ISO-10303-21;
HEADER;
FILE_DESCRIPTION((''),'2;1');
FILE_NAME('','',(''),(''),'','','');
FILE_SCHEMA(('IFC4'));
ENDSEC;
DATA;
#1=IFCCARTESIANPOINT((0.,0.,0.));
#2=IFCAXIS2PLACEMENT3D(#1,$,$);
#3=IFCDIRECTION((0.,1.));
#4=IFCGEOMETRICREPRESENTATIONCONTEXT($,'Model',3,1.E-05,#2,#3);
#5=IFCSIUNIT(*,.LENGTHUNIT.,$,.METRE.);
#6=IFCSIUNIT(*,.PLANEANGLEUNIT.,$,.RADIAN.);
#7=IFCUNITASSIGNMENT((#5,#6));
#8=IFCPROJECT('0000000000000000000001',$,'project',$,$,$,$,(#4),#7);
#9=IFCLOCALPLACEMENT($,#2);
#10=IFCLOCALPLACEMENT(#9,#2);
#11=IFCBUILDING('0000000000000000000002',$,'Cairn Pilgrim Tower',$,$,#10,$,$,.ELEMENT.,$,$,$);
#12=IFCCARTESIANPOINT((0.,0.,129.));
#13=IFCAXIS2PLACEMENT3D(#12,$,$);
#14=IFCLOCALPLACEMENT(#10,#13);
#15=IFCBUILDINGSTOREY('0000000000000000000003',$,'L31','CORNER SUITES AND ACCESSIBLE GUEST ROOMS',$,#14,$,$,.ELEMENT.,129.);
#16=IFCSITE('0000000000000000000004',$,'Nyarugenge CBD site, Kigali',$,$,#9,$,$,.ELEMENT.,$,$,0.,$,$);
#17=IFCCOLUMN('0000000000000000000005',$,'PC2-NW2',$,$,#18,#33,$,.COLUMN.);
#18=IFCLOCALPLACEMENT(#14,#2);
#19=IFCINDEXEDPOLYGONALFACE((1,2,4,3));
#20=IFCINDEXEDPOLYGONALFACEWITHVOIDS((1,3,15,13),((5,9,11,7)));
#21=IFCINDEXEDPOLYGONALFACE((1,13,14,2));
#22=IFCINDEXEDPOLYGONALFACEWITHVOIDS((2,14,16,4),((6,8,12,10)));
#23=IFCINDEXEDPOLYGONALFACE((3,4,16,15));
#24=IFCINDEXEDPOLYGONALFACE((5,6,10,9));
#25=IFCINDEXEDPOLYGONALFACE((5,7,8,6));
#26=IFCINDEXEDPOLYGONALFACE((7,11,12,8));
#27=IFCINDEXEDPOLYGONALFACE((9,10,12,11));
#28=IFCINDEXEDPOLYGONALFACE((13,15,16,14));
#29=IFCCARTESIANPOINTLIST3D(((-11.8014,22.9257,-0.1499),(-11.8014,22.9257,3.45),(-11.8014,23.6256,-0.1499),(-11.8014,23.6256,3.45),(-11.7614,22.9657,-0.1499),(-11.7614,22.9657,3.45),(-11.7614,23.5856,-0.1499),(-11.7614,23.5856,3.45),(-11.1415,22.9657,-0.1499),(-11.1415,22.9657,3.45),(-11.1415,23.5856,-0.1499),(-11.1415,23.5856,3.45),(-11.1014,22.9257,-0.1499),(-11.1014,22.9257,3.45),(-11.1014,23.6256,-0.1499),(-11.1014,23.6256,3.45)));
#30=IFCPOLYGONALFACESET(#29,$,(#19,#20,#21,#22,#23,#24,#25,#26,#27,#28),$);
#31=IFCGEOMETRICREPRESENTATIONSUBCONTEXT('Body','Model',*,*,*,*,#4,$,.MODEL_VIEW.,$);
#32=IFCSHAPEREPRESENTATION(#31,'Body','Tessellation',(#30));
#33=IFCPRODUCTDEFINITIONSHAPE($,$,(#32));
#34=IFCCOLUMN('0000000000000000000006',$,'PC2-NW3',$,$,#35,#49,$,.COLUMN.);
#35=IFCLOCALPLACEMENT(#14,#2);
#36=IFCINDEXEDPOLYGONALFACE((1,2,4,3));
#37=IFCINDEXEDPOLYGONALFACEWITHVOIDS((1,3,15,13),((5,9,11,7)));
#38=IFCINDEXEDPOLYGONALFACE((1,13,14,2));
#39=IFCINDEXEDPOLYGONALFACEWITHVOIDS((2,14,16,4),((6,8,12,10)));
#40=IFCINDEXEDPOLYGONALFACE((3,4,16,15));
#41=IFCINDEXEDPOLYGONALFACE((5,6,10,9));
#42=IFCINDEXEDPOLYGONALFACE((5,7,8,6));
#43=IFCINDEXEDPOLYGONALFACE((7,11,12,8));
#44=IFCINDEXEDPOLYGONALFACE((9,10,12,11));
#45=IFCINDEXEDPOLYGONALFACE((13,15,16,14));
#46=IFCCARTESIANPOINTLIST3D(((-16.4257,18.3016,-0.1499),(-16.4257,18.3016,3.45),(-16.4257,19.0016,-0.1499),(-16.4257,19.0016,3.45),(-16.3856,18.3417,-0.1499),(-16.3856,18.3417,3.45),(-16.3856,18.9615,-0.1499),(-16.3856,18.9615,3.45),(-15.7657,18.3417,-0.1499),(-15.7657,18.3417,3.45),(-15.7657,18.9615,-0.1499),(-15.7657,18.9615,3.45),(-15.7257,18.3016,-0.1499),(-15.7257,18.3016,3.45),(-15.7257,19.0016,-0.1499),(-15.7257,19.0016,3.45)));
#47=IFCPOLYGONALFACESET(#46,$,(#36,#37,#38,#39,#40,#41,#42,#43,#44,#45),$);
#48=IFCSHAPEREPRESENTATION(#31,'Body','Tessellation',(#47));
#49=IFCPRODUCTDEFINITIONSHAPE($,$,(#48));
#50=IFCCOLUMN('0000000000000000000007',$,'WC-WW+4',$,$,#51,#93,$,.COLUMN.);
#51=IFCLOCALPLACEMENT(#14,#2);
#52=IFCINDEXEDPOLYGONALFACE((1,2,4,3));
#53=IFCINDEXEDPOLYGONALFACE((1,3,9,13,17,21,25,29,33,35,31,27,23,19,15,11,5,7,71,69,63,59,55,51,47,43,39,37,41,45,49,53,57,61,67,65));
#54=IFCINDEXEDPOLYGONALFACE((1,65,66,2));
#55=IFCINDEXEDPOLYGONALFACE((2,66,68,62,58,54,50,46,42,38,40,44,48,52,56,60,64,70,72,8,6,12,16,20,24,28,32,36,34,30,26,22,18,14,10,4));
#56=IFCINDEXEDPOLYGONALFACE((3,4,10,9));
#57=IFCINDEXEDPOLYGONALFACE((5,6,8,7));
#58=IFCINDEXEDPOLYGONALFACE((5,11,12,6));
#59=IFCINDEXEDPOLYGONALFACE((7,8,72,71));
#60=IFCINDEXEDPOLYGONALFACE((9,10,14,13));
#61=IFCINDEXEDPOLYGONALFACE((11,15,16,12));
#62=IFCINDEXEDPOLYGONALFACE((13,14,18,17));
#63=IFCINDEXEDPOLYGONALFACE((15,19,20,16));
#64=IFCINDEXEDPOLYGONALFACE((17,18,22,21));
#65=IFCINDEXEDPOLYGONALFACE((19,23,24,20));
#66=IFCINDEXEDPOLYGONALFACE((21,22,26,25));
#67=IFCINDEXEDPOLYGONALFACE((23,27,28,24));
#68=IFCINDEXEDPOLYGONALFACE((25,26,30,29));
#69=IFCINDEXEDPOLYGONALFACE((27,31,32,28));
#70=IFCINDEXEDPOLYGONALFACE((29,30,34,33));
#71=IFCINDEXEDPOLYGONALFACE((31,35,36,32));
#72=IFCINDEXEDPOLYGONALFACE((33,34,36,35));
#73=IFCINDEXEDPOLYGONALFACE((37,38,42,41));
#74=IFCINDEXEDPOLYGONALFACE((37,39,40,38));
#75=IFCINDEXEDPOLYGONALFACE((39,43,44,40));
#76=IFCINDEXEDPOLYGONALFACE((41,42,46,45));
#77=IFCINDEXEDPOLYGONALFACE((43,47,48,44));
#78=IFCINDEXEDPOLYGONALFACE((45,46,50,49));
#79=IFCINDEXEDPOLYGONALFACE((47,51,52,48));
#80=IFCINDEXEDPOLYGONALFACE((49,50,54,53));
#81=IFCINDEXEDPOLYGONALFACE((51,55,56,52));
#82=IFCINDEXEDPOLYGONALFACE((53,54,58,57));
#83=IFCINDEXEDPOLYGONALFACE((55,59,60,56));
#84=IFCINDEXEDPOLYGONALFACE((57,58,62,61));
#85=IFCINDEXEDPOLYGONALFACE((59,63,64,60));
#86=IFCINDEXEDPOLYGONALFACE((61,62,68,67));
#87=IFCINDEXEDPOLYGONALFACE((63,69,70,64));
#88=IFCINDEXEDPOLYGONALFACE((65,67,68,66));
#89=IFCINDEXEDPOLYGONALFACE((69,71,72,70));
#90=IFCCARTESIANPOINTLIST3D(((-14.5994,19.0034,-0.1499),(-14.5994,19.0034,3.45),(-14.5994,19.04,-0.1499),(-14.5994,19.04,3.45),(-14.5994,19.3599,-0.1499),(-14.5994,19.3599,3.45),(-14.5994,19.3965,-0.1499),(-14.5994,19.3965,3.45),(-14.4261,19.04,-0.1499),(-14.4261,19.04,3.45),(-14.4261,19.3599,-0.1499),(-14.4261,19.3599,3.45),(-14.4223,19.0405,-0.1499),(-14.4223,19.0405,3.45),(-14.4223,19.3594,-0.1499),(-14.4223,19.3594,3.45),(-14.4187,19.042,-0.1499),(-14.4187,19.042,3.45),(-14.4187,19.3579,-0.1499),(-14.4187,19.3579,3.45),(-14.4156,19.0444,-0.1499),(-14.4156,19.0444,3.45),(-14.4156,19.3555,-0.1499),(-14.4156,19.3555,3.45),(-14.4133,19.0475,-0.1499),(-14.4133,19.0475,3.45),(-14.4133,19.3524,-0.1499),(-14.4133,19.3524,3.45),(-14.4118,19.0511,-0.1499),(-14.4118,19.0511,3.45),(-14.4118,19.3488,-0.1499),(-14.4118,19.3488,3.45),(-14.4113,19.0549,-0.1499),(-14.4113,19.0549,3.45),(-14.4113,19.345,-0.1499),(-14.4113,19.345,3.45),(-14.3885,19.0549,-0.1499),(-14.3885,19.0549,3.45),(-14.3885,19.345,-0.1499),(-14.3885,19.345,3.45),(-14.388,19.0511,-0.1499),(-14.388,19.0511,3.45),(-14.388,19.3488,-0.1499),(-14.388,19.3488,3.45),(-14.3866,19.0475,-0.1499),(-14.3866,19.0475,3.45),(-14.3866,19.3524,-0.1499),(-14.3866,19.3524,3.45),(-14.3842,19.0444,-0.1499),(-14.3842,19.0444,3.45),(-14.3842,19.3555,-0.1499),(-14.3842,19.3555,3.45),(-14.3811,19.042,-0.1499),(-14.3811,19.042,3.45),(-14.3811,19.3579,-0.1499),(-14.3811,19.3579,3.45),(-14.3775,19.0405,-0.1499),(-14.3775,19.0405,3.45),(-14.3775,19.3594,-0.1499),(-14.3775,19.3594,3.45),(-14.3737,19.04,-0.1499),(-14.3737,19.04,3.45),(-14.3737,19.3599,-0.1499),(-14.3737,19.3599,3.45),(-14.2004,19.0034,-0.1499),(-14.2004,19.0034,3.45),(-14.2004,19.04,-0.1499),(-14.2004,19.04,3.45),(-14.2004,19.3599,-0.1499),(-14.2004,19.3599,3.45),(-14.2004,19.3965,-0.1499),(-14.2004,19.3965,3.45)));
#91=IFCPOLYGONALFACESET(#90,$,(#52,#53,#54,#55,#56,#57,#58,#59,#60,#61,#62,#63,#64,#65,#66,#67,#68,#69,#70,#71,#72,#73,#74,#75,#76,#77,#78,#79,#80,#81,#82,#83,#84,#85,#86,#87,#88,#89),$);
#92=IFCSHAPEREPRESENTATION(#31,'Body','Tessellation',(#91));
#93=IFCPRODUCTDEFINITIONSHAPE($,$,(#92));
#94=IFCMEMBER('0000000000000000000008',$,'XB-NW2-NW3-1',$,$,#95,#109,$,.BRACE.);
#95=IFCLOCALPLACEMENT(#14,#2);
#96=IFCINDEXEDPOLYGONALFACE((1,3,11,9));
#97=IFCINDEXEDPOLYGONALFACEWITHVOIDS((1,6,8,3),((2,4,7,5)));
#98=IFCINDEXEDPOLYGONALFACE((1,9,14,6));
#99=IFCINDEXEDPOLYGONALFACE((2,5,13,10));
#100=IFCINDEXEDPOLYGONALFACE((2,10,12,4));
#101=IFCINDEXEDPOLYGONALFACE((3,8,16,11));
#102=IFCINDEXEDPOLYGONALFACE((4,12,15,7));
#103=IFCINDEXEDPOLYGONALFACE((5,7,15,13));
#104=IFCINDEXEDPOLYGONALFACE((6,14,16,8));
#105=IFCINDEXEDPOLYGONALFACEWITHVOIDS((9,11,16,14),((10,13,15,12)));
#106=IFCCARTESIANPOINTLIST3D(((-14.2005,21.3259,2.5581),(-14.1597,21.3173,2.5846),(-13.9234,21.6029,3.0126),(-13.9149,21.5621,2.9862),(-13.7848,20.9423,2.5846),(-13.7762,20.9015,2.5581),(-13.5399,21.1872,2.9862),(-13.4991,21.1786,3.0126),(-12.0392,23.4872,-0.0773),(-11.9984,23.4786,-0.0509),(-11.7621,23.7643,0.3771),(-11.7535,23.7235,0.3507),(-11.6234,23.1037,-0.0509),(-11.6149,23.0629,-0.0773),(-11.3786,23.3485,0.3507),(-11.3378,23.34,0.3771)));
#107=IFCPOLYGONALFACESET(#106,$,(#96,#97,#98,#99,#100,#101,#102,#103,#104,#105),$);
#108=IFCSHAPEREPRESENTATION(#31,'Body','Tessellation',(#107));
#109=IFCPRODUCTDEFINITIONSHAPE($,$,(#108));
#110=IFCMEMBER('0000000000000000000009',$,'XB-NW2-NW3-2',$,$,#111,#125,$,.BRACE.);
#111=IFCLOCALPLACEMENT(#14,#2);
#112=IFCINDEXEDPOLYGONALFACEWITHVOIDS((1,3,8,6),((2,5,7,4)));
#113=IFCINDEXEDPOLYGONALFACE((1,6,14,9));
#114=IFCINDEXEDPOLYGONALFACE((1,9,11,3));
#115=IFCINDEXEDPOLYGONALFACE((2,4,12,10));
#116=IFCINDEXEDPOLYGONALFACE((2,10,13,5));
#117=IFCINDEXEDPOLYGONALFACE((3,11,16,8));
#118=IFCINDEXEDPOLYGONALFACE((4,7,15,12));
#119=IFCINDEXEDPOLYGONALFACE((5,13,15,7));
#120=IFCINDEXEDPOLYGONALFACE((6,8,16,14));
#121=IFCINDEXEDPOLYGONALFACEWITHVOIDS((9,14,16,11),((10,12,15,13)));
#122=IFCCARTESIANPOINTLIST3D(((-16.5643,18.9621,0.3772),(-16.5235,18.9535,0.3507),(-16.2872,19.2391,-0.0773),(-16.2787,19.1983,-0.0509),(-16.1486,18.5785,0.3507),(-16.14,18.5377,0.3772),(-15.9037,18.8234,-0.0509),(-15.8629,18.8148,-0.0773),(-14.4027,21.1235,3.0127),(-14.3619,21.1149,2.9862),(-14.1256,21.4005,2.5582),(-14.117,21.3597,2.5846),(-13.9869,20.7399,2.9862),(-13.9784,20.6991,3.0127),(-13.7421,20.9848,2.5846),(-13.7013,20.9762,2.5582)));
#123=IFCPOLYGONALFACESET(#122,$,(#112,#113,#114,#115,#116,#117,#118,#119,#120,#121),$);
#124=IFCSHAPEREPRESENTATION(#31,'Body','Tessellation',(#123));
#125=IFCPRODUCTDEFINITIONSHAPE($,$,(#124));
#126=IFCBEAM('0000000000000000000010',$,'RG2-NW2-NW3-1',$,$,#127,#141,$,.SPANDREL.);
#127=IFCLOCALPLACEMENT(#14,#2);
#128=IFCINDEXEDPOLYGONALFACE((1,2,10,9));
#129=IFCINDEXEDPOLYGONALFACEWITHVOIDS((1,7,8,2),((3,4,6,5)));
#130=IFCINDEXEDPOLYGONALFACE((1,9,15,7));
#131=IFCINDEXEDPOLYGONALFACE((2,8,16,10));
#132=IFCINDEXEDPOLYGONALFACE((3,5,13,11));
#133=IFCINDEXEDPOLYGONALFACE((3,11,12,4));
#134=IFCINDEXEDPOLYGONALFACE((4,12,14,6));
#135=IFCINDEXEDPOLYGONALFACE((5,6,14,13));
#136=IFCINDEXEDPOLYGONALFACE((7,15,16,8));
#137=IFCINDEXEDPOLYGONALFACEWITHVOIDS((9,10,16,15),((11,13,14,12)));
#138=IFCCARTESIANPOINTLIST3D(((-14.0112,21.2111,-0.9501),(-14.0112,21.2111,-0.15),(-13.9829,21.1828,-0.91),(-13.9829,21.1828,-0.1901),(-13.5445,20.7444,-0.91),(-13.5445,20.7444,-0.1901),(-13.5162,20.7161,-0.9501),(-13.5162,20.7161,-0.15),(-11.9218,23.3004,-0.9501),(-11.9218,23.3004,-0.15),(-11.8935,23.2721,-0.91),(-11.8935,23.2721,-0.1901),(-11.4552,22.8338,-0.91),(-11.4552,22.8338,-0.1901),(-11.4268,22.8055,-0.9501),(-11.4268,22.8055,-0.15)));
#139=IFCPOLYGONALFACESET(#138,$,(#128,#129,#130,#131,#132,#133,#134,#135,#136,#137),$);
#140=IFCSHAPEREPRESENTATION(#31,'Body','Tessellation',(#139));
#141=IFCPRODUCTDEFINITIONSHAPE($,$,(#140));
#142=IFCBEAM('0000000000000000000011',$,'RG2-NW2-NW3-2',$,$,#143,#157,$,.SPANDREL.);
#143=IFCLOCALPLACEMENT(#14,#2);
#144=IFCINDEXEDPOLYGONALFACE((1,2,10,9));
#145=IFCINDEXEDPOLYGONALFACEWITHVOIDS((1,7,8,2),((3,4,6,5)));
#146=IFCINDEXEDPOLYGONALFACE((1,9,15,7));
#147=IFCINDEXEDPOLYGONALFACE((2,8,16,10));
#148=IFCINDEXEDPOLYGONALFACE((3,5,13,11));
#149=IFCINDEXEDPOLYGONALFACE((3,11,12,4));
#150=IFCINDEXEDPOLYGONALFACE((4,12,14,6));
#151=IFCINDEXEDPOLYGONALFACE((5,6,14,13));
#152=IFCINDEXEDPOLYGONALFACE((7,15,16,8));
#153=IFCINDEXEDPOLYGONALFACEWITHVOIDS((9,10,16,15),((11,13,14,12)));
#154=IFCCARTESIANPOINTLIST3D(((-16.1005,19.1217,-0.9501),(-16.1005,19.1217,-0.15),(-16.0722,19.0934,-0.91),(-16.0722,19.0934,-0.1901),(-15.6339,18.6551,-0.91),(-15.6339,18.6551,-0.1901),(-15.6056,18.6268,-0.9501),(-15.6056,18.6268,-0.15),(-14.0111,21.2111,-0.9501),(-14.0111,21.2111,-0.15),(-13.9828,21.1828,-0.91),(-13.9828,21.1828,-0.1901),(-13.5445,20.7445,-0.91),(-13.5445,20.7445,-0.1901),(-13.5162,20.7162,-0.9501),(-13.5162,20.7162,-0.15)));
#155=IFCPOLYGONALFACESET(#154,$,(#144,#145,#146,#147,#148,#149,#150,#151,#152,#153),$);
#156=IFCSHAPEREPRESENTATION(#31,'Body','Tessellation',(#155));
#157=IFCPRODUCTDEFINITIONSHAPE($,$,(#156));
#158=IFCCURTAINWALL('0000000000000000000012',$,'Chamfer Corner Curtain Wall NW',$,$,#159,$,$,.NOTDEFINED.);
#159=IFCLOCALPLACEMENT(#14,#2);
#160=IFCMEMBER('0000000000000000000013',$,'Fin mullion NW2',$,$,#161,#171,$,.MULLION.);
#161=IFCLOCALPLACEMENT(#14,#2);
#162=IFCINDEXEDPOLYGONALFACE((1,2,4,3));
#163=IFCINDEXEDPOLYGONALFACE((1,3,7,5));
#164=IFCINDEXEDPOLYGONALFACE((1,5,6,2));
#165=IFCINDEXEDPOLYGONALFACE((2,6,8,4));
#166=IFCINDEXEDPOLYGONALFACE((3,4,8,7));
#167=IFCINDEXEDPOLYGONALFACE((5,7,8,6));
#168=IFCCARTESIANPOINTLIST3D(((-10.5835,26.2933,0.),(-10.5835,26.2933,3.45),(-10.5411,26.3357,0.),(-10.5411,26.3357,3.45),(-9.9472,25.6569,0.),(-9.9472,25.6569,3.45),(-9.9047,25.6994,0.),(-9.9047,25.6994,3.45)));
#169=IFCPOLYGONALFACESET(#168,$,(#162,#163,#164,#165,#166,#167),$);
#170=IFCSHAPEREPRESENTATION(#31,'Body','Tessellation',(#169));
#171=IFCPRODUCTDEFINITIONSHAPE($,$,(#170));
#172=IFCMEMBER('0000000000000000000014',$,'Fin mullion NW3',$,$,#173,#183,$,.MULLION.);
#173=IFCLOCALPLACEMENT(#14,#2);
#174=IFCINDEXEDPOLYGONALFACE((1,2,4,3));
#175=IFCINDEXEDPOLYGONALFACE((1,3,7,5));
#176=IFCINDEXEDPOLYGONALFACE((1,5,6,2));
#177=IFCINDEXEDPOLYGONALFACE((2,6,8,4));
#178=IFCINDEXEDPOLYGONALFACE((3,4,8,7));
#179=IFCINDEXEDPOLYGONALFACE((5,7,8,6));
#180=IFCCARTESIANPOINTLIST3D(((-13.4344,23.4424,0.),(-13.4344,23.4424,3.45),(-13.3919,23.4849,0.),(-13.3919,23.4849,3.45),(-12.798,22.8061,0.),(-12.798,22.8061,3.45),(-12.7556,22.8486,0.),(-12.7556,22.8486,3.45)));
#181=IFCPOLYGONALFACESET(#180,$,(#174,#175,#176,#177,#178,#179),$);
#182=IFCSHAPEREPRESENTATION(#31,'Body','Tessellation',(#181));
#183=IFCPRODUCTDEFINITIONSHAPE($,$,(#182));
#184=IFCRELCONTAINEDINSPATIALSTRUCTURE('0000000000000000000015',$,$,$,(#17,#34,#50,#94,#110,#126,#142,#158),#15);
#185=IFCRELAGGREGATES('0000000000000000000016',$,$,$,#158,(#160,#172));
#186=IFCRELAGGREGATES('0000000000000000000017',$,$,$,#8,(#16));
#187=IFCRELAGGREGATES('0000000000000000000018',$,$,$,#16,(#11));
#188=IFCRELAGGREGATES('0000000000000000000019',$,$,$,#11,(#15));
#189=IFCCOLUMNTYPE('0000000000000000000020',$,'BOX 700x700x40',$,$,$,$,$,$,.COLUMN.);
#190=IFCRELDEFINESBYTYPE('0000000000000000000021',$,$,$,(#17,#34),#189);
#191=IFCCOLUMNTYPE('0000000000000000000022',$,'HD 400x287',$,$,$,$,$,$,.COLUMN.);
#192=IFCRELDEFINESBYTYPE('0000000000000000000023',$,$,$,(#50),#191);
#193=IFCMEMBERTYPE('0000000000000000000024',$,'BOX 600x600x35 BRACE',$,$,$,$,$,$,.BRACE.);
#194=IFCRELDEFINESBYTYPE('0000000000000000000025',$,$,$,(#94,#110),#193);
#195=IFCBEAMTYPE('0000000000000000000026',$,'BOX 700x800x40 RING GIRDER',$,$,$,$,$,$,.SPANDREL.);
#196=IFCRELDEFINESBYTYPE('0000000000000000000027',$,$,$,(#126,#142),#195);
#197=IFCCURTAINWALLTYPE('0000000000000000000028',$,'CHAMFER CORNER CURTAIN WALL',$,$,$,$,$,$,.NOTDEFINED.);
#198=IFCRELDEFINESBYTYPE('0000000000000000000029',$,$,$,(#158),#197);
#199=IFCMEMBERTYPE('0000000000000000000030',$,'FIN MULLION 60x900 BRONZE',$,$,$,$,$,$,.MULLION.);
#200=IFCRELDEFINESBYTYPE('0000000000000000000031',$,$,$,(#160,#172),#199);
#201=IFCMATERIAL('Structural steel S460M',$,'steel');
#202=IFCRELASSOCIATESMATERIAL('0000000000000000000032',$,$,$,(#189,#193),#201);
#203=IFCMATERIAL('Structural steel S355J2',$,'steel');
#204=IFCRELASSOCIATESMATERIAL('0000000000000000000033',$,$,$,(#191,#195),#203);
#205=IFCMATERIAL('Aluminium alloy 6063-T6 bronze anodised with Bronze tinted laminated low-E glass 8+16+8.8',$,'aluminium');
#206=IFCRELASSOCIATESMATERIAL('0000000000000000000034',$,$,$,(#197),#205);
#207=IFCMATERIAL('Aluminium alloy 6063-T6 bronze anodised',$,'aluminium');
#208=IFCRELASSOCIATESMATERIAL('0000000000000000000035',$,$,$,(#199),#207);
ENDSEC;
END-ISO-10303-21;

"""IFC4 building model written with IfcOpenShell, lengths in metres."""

from ifc_helpers import new_model, si_unit, direction, frame, origin, origin_2d, place, context, subcontext, project, spatial, rectangle, hollow_rectangle, i_section, extrude, material, material_profile, profile_set, type_object, element, aggregate, save


model = new_model("IFC4")

# Units and contexts
model_context = context("Model", 3, precision=1e-05, world=origin(), true_north=direction((0.0, 1.0)))
body_context = subcontext(model_context, "Body", "Model", "MODEL_VIEW")
ifc_project = project(units=[si_unit("LENGTHUNIT", "METRE"), si_unit("PLANEANGLEUNIT", "RADIAN")], contexts=[model_context])

# Site, building, storey
site_placement = place(None, origin())
site = spatial("IfcSite", under=ifc_project, at=site_placement, Name="Nyarugenge CBD site, Kigali", CompositionType="ELEMENT", RefElevation=0.0)
building_placement = place(site_placement, origin())
building = spatial("IfcBuilding", under=site, at=building_placement, Name="Cairn Pilgrim Tower", CompositionType="ELEMENT")
storey_placement = place(building_placement, frame((0.0, 0.0, 129.0)))
storey = spatial("IfcBuildingStorey", under=building, at=storey_placement, Name="L31", Description="CORNER SUITES AND ACCESSIBLE GUEST ROOMS", CompositionType="ELEMENT", Elevation=129.0)

# Columns
ifc_material_1 = material(Name="Structural steel S460M", Category="steel")
ifc_material_profile_1 = material_profile(ifc_material_1, hollow_rectangle(XDim=0.7, YDim=0.7, WallThickness=0.04, at=origin_2d()), Name="BOX 700x700x40")
ifc_profile_set_1 = profile_set([ifc_material_profile_1], Name="Structural steel S460M")
column_type_1 = type_object("IfcColumnType", Name="BOX 700x700x40", PredefinedType="COLUMN", material=ifc_profile_set_1)
for number, where, z_axis, x_axis, name in (
    (1, (-11.4514, 23.2756, -0.1499), (0.0, 0.0, 1.0), (1.0, 0.0, 0.0), "PC2-NW2"),
    (2, (-16.0757, 18.6516, -0.1499), (0.0, 0.0, 1.0), (1.0, 0.0, 0.0), "PC2-NW3"),
):
    element("IfcColumn", number, at=place(storey_placement, frame(where, z_axis=z_axis, x_axis=x_axis)), inside=storey, type_object=column_type_1, Name=name, PredefinedType="COLUMN", context=body_context, shape_type="SweptSolid", body=[
        extrude(hollow_rectangle(XDim=0.7, YDim=0.7, WallThickness=0.04, at=origin_2d()), origin(), (0.0, 0.0, 1.0), 3.5999),
    ])
ifc_material_2 = material(Name="Structural steel S355J2", Category="steel")
ifc_material_profile_2 = material_profile(ifc_material_2, i_section(OverallWidth=0.3989, OverallDepth=0.3931, WebThickness=0.0227, FlangeThickness=0.0366, FilletRadius=0.0149, at=origin_2d()), Name="HD 400x287")
ifc_profile_set_2 = profile_set([ifc_material_profile_2], Name="Structural steel S355J2")
column_type_2 = type_object("IfcColumnType", Name="HD 400x287", PredefinedType="COLUMN", material=ifc_profile_set_2)
column_placement = place(storey_placement, frame((-14.3999, 19.2, -0.1499), z_axis=(0.0, 0.0, 1.0), x_axis=(1.0, 0.0, 0.0)))
element("IfcColumn", 3, at=column_placement, inside=storey, type_object=column_type_2, Name="WC-WW+4", PredefinedType="COLUMN", context=body_context, shape_type="SweptSolid", body=[
    extrude(i_section(OverallWidth=0.3989, OverallDepth=0.3931, WebThickness=0.0227, FlangeThickness=0.0366, FilletRadius=0.0149, at=origin_2d()), origin(), (0.0, 0.0, 1.0), 3.5999),
])

# Members
ifc_material_profile_3 = material_profile(ifc_material_1, hollow_rectangle(XDim=0.6001, YDim=0.6001, WallThickness=0.0349, at=origin_2d()), Name="BOX 600x600x35")
ifc_profile_set_3 = profile_set([ifc_material_profile_3], Name="Structural steel S460M")
member_type_1 = type_object("IfcMemberType", Name="BOX 600x600x35 BRACE", PredefinedType="BRACE", material=ifc_profile_set_3)
member_1_placement = place(storey_placement, frame((-11.6885, 23.4136, 0.1499), z_axis=(-0.53553, -0.53553, 0.653004), x_axis=(0.707107, -0.707107, 0.0)))
element("IfcMember", 4, at=member_1_placement, inside=storey, type_object=member_type_1, Name="XB-NW2-NW3-1", PredefinedType="BRACE", context=body_context, shape_type="SweptSolid", body=[
    extrude(hollow_rectangle(XDim=0.6001, YDim=0.6001, WallThickness=0.0349, at=origin_2d()), origin(), (0.0, 0.0, 1.0), 4.0359),
])
member_2_placement = place(storey_placement, frame((-16.2136, 18.8884, 0.1499), z_axis=(0.535573, 0.535513, 0.652983), x_axis=(-0.707067, 0.707147, 0.0)))
element("IfcMember", 5, at=member_2_placement, inside=storey, type_object=member_type_1, Name="XB-NW2-NW3-2", PredefinedType="BRACE", context=body_context, shape_type="SweptSolid", body=[
    extrude(hollow_rectangle(XDim=0.6001, YDim=0.6001, WallThickness=0.0349, at=origin_2d()), origin(), (0.0, 0.0, 1.0), 4.0361),
])

# Beams
ifc_material_profile_4 = material_profile(ifc_material_2, hollow_rectangle(XDim=0.7, YDim=0.8, WallThickness=0.04, at=origin_2d()), Name="BOX 700x800x40")
ifc_profile_set_4 = profile_set([ifc_material_profile_4], Name="Structural steel S355J2")
beam_type_1 = type_object("IfcBeamType", Name="BOX 700x800x40 RING GIRDER", PredefinedType="SPANDREL", material=ifc_profile_set_4)
for number, where, z_axis, x_axis, name in (
    (6, (-11.6743, 23.053, -0.55), (-0.707107, -0.707107, 0.0), (0.707107, -0.707107, 0.0), "RG2-NW2-NW3-1"),
    (7, (-13.7637, 20.9636, -0.55), (-0.707107, -0.707107, 0.0), (0.707107, -0.707107, 0.0), "RG2-NW2-NW3-2"),
):
    element("IfcBeam", number, at=place(storey_placement, frame(where, z_axis=z_axis, x_axis=x_axis)), inside=storey, type_object=beam_type_1, Name=name, PredefinedType="SPANDREL", context=body_context, shape_type="SweptSolid", body=[
        extrude(hollow_rectangle(XDim=0.7, YDim=0.8, WallThickness=0.04, at=origin_2d()), origin(), (0.0, 0.0, 1.0), 2.9548),
    ])

# Curtain wall, members
ifc_material_3 = material(Name="Aluminium alloy 6063-T6 bronze anodised with Bronze tinted laminated low-E glass 8+16+8.8", Category="aluminium")
curtain_wall_type_1 = type_object("IfcCurtainWallType", Name="CHAMFER CORNER CURTAIN WALL", PredefinedType="NOTDEFINED", material=ifc_material_3)
curtain_wall_1_placement = place(storey_placement, origin())
curtain_wall_1 = element("IfcCurtainWall", 8, at=curtain_wall_1_placement, inside=storey, type_object=curtain_wall_type_1, Name="Chamfer Corner Curtain Wall NW", PredefinedType="NOTDEFINED")
ifc_material_4 = material(Name="Aluminium alloy 6063-T6 bronze anodised", Category="aluminium")
ifc_material_profile_5 = material_profile(ifc_material_4, rectangle(XDim=0.8999, YDim=0.0601, at=origin_2d()), Name="FIN MULLION 60x900 BRONZE")
ifc_profile_set_5 = profile_set([ifc_material_profile_5], Name="Aluminium alloy 6063-T6 bronze anodised")
member_type_2 = type_object("IfcMemberType", Name="FIN MULLION 60x900 BRONZE", PredefinedType="MULLION", material=ifc_profile_set_5)
member_3_placement = place(storey_placement, frame((-10.2441, 25.9963, 0.0), z_axis=(0.0, 0.0, 1.0), x_axis=(-0.707107, 0.707107, 0.0)))
member_3 = element("IfcMember", 9, at=member_3_placement, type_object=member_type_2, Name="Fin mullion NW2", PredefinedType="MULLION", context=body_context, shape_type="SweptSolid", body=[
    extrude(rectangle(XDim=0.8999, YDim=0.0601, at=origin_2d()), origin(), (0.0, 0.0, 1.0), 3.45),
])
member_4_placement = place(storey_placement, frame((-13.095, 23.1455, 0.0), z_axis=(0.0, 0.0, 1.0), x_axis=(-0.707107, 0.707107, 0.0)))
member_4 = element("IfcMember", 10, at=member_4_placement, type_object=member_type_2, Name="Fin mullion NW3", PredefinedType="MULLION", context=body_context, shape_type="SweptSolid", body=[
    extrude(rectangle(XDim=0.8999, YDim=0.0601, at=origin_2d()), origin(), (0.0, 0.0, 1.0), 3.45),
])

aggregate(curtain_wall_1, [member_3, member_4])

save(model, "model.ifc")
